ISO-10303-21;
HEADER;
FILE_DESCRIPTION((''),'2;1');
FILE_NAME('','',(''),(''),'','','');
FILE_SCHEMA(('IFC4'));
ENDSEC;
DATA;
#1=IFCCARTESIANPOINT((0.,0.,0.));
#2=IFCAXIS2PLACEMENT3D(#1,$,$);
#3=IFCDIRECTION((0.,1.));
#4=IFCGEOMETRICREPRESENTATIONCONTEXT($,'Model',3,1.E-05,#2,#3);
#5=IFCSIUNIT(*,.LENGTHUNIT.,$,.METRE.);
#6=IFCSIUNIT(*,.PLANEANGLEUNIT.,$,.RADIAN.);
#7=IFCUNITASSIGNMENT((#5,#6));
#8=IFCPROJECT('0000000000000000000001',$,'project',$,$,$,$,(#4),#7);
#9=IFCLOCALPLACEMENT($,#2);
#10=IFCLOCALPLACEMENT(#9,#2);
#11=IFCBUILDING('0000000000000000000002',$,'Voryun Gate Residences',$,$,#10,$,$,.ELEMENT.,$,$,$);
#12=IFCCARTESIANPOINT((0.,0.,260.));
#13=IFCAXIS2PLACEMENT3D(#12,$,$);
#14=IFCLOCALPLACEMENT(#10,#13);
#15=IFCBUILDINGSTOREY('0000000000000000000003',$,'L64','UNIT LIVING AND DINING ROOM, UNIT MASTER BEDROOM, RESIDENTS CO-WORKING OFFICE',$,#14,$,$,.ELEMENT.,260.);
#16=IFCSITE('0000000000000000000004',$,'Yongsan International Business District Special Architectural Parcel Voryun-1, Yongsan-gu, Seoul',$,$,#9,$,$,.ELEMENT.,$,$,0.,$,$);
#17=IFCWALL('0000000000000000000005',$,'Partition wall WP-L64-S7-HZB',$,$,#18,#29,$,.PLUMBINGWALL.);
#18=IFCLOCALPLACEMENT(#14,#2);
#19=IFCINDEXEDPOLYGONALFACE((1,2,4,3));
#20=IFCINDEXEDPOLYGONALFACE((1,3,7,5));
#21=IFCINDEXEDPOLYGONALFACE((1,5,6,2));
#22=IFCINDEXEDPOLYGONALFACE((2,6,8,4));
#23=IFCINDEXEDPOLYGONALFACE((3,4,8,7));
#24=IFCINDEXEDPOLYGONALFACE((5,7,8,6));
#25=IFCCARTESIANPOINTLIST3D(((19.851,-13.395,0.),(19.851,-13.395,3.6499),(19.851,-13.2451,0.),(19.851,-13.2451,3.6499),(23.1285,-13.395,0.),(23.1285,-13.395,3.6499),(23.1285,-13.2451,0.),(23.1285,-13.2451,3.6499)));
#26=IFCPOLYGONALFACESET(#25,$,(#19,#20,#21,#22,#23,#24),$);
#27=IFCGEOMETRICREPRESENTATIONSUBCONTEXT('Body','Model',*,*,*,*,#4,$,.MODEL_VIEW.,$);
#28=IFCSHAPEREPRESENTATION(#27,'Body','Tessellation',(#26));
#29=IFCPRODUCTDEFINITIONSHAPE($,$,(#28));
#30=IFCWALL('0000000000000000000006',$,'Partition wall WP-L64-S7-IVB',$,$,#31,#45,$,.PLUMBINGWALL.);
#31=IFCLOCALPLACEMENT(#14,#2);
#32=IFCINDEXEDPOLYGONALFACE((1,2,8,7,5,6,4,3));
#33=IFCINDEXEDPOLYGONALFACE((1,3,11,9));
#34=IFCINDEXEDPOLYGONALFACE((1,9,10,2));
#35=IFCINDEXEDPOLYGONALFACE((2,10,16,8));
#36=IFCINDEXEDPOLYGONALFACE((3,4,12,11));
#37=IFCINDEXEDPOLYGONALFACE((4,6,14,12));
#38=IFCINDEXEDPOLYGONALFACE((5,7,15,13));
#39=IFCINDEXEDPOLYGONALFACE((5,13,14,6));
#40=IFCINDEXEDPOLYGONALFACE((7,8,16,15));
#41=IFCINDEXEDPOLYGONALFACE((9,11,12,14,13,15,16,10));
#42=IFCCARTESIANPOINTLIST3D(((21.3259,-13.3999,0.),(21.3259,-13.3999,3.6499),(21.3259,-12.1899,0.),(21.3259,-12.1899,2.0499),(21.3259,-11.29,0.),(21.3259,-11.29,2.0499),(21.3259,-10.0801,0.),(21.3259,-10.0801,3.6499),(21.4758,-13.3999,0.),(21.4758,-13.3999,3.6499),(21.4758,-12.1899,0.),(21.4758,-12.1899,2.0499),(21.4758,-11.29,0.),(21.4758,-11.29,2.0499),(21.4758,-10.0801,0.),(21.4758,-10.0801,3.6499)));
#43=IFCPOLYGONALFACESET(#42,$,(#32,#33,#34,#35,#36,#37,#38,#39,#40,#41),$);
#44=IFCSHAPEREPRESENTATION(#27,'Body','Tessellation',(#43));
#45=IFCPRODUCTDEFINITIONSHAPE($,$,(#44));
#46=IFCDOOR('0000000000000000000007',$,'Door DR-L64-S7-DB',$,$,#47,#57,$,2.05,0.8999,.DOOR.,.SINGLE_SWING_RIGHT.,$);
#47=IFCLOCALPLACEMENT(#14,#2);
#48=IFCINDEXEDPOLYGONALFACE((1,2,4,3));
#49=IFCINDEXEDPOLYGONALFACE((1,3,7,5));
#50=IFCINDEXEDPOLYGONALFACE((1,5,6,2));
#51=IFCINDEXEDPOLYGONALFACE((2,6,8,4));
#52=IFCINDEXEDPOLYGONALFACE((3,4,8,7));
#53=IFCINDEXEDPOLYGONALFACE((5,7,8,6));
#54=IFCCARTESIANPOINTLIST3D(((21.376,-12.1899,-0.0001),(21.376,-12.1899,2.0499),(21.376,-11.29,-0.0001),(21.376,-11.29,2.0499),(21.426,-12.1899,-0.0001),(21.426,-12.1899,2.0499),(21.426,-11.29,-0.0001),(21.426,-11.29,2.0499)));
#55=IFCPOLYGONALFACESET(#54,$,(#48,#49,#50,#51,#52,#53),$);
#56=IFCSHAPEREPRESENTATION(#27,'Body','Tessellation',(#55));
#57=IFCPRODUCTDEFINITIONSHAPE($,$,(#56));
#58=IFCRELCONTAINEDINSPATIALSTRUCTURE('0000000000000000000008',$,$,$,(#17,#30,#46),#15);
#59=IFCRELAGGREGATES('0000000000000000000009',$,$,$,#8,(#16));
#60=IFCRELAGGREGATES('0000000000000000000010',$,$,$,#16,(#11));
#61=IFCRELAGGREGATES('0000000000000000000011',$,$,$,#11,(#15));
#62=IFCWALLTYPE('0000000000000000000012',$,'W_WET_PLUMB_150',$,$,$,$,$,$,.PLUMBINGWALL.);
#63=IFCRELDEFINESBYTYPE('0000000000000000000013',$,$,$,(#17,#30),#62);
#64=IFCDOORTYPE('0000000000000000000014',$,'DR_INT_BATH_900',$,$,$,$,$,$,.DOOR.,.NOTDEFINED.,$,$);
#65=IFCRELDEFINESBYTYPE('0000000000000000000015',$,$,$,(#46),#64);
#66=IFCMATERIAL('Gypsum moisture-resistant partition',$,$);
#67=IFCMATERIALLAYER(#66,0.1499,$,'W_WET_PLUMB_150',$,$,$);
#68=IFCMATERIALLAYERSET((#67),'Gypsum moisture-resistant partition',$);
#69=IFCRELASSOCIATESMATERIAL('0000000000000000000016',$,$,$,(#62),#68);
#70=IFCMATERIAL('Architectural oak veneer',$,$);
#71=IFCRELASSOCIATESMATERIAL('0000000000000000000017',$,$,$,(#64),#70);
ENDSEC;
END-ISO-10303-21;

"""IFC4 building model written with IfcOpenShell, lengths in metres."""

from ifc_helpers import new_model, si_unit, direction, frame, frame_2d, origin, place, context, subcontext, project, spatial, rectangle, extrude, material, layer, layer_set, type_object, element, fill, save


model = new_model("IFC4")

# Units and contexts
model_context = context("Model", 3, precision=1e-05, world=origin(), true_north=direction((0.0, 1.0)))
body_context = subcontext(model_context, "Body", "Model", "MODEL_VIEW")
ifc_project = project(units=[si_unit("LENGTHUNIT", "METRE"), si_unit("PLANEANGLEUNIT", "RADIAN")], contexts=[model_context])

# Site, building, storey
site_placement = place(None, origin())
site = spatial("IfcSite", under=ifc_project, at=site_placement, Name="Yongsan International Business District Special Architectural Parcel Voryun-1, Yongsan-gu, Seoul", CompositionType="ELEMENT", RefElevation=0.0)
building_placement = place(site_placement, origin())
building = spatial("IfcBuilding", under=site, at=building_placement, Name="Voryun Gate Residences", CompositionType="ELEMENT")
storey_placement = place(building_placement, frame((0.0, 0.0, 260.0)))
storey = spatial("IfcBuildingStorey", under=building, at=storey_placement, Name="L64", Description="UNIT LIVING AND DINING ROOM, UNIT MASTER BEDROOM, RESIDENTS CO-WORKING OFFICE", CompositionType="ELEMENT", Elevation=260.0)

# Wall
ifc_material_1 = material(Name="Gypsum moisture-resistant partition")
ifc_layer_1 = layer(ifc_material_1, 0.1499, Name="W_WET_PLUMB_150")
ifc_layer_set_1 = layer_set([ifc_layer_1], Name="Gypsum moisture-resistant partition")
wall_type_1 = type_object("IfcWallType", Name="W_WET_PLUMB_150", PredefinedType="PLUMBINGWALL", material=ifc_layer_set_1)
wall_1_placement = place(storey_placement, frame((19.8511, -13.3201, 0.0), z_axis=(0.0, 0.0, 1.0), x_axis=(1.0, 0.0, 0.0)))
element("IfcWall", 1, at=wall_1_placement, inside=storey, type_object=wall_type_1, Name="Partition wall WP-L64-S7-HZB", PredefinedType="PLUMBINGWALL", context=body_context, shape_type="SweptSolid", body=[
    extrude(rectangle(XDim=3.2776, YDim=0.1499, at=frame_2d((1.6387, 0.0))), origin(), (0.0, 0.0, 1.0), 3.6499),
])

# Wall, opening, door
wall_2_placement = place(storey_placement, frame((21.4009, -13.3999, 0.0), z_axis=(0.0, 0.0, 1.0), x_axis=(0.0, 1.0, 0.0)))
wall_2 = element("IfcWall", 2, at=wall_2_placement, inside=storey, type_object=wall_type_1, Name="Partition wall WP-L64-S7-IVB", PredefinedType="PLUMBINGWALL", context=body_context, shape_type="SweptSolid", body=[
    extrude(rectangle(XDim=3.3198, YDim=0.1499, at=frame_2d((1.6599, 0.0))), origin(), (0.0, 0.0, 1.0), 3.6499),
])
opening_1_placement = place(wall_2_placement, frame((1.21, 0.0, 0.0)))
opening_1 = element("IfcOpeningElement", 3, at=opening_1_placement, cuts=wall_2, PredefinedType="OPENING", context=body_context, shape_type="SweptSolid", body=[
    extrude(rectangle(XDim=0.8999, YDim=2.05, at=frame_2d((0.45, 1.0249))), frame((0.0, 0.085, 0.0), z_axis=(0.0, -1.0, 0.0), x_axis=(1.0, 0.0, 0.0)), (0.0, 0.0, 1.0), 0.1699),
])
ifc_material_2 = material(Name="Architectural oak veneer")
door_type_1 = type_object("IfcDoorType", Name="DR_INT_BATH_900", OperationType="NOTDEFINED", PredefinedType="DOOR", material=ifc_material_2)
door_1_placement = place(opening_1_placement, origin())
door_1 = element("IfcDoor", 4, at=door_1_placement, inside=storey, type_object=door_type_1, Name="Door DR-L64-S7-DB", OperationType="SINGLE_SWING_RIGHT", OverallHeight=2.05, OverallWidth=0.8999, PredefinedType="DOOR", context=body_context, shape_type="SweptSolid", body=[
    extrude(rectangle(XDim=0.8999, YDim=2.05, at=frame_2d((0.45, 1.0249))), frame((0.0, 0.0249, 0.0), z_axis=(0.0, -1.0, 0.0), x_axis=(1.0, 0.0, 0.0)), (0.0, 0.0, 1.0), 0.05),
])
fill(opening_1, door_1)

save(model, "model.ifc")
